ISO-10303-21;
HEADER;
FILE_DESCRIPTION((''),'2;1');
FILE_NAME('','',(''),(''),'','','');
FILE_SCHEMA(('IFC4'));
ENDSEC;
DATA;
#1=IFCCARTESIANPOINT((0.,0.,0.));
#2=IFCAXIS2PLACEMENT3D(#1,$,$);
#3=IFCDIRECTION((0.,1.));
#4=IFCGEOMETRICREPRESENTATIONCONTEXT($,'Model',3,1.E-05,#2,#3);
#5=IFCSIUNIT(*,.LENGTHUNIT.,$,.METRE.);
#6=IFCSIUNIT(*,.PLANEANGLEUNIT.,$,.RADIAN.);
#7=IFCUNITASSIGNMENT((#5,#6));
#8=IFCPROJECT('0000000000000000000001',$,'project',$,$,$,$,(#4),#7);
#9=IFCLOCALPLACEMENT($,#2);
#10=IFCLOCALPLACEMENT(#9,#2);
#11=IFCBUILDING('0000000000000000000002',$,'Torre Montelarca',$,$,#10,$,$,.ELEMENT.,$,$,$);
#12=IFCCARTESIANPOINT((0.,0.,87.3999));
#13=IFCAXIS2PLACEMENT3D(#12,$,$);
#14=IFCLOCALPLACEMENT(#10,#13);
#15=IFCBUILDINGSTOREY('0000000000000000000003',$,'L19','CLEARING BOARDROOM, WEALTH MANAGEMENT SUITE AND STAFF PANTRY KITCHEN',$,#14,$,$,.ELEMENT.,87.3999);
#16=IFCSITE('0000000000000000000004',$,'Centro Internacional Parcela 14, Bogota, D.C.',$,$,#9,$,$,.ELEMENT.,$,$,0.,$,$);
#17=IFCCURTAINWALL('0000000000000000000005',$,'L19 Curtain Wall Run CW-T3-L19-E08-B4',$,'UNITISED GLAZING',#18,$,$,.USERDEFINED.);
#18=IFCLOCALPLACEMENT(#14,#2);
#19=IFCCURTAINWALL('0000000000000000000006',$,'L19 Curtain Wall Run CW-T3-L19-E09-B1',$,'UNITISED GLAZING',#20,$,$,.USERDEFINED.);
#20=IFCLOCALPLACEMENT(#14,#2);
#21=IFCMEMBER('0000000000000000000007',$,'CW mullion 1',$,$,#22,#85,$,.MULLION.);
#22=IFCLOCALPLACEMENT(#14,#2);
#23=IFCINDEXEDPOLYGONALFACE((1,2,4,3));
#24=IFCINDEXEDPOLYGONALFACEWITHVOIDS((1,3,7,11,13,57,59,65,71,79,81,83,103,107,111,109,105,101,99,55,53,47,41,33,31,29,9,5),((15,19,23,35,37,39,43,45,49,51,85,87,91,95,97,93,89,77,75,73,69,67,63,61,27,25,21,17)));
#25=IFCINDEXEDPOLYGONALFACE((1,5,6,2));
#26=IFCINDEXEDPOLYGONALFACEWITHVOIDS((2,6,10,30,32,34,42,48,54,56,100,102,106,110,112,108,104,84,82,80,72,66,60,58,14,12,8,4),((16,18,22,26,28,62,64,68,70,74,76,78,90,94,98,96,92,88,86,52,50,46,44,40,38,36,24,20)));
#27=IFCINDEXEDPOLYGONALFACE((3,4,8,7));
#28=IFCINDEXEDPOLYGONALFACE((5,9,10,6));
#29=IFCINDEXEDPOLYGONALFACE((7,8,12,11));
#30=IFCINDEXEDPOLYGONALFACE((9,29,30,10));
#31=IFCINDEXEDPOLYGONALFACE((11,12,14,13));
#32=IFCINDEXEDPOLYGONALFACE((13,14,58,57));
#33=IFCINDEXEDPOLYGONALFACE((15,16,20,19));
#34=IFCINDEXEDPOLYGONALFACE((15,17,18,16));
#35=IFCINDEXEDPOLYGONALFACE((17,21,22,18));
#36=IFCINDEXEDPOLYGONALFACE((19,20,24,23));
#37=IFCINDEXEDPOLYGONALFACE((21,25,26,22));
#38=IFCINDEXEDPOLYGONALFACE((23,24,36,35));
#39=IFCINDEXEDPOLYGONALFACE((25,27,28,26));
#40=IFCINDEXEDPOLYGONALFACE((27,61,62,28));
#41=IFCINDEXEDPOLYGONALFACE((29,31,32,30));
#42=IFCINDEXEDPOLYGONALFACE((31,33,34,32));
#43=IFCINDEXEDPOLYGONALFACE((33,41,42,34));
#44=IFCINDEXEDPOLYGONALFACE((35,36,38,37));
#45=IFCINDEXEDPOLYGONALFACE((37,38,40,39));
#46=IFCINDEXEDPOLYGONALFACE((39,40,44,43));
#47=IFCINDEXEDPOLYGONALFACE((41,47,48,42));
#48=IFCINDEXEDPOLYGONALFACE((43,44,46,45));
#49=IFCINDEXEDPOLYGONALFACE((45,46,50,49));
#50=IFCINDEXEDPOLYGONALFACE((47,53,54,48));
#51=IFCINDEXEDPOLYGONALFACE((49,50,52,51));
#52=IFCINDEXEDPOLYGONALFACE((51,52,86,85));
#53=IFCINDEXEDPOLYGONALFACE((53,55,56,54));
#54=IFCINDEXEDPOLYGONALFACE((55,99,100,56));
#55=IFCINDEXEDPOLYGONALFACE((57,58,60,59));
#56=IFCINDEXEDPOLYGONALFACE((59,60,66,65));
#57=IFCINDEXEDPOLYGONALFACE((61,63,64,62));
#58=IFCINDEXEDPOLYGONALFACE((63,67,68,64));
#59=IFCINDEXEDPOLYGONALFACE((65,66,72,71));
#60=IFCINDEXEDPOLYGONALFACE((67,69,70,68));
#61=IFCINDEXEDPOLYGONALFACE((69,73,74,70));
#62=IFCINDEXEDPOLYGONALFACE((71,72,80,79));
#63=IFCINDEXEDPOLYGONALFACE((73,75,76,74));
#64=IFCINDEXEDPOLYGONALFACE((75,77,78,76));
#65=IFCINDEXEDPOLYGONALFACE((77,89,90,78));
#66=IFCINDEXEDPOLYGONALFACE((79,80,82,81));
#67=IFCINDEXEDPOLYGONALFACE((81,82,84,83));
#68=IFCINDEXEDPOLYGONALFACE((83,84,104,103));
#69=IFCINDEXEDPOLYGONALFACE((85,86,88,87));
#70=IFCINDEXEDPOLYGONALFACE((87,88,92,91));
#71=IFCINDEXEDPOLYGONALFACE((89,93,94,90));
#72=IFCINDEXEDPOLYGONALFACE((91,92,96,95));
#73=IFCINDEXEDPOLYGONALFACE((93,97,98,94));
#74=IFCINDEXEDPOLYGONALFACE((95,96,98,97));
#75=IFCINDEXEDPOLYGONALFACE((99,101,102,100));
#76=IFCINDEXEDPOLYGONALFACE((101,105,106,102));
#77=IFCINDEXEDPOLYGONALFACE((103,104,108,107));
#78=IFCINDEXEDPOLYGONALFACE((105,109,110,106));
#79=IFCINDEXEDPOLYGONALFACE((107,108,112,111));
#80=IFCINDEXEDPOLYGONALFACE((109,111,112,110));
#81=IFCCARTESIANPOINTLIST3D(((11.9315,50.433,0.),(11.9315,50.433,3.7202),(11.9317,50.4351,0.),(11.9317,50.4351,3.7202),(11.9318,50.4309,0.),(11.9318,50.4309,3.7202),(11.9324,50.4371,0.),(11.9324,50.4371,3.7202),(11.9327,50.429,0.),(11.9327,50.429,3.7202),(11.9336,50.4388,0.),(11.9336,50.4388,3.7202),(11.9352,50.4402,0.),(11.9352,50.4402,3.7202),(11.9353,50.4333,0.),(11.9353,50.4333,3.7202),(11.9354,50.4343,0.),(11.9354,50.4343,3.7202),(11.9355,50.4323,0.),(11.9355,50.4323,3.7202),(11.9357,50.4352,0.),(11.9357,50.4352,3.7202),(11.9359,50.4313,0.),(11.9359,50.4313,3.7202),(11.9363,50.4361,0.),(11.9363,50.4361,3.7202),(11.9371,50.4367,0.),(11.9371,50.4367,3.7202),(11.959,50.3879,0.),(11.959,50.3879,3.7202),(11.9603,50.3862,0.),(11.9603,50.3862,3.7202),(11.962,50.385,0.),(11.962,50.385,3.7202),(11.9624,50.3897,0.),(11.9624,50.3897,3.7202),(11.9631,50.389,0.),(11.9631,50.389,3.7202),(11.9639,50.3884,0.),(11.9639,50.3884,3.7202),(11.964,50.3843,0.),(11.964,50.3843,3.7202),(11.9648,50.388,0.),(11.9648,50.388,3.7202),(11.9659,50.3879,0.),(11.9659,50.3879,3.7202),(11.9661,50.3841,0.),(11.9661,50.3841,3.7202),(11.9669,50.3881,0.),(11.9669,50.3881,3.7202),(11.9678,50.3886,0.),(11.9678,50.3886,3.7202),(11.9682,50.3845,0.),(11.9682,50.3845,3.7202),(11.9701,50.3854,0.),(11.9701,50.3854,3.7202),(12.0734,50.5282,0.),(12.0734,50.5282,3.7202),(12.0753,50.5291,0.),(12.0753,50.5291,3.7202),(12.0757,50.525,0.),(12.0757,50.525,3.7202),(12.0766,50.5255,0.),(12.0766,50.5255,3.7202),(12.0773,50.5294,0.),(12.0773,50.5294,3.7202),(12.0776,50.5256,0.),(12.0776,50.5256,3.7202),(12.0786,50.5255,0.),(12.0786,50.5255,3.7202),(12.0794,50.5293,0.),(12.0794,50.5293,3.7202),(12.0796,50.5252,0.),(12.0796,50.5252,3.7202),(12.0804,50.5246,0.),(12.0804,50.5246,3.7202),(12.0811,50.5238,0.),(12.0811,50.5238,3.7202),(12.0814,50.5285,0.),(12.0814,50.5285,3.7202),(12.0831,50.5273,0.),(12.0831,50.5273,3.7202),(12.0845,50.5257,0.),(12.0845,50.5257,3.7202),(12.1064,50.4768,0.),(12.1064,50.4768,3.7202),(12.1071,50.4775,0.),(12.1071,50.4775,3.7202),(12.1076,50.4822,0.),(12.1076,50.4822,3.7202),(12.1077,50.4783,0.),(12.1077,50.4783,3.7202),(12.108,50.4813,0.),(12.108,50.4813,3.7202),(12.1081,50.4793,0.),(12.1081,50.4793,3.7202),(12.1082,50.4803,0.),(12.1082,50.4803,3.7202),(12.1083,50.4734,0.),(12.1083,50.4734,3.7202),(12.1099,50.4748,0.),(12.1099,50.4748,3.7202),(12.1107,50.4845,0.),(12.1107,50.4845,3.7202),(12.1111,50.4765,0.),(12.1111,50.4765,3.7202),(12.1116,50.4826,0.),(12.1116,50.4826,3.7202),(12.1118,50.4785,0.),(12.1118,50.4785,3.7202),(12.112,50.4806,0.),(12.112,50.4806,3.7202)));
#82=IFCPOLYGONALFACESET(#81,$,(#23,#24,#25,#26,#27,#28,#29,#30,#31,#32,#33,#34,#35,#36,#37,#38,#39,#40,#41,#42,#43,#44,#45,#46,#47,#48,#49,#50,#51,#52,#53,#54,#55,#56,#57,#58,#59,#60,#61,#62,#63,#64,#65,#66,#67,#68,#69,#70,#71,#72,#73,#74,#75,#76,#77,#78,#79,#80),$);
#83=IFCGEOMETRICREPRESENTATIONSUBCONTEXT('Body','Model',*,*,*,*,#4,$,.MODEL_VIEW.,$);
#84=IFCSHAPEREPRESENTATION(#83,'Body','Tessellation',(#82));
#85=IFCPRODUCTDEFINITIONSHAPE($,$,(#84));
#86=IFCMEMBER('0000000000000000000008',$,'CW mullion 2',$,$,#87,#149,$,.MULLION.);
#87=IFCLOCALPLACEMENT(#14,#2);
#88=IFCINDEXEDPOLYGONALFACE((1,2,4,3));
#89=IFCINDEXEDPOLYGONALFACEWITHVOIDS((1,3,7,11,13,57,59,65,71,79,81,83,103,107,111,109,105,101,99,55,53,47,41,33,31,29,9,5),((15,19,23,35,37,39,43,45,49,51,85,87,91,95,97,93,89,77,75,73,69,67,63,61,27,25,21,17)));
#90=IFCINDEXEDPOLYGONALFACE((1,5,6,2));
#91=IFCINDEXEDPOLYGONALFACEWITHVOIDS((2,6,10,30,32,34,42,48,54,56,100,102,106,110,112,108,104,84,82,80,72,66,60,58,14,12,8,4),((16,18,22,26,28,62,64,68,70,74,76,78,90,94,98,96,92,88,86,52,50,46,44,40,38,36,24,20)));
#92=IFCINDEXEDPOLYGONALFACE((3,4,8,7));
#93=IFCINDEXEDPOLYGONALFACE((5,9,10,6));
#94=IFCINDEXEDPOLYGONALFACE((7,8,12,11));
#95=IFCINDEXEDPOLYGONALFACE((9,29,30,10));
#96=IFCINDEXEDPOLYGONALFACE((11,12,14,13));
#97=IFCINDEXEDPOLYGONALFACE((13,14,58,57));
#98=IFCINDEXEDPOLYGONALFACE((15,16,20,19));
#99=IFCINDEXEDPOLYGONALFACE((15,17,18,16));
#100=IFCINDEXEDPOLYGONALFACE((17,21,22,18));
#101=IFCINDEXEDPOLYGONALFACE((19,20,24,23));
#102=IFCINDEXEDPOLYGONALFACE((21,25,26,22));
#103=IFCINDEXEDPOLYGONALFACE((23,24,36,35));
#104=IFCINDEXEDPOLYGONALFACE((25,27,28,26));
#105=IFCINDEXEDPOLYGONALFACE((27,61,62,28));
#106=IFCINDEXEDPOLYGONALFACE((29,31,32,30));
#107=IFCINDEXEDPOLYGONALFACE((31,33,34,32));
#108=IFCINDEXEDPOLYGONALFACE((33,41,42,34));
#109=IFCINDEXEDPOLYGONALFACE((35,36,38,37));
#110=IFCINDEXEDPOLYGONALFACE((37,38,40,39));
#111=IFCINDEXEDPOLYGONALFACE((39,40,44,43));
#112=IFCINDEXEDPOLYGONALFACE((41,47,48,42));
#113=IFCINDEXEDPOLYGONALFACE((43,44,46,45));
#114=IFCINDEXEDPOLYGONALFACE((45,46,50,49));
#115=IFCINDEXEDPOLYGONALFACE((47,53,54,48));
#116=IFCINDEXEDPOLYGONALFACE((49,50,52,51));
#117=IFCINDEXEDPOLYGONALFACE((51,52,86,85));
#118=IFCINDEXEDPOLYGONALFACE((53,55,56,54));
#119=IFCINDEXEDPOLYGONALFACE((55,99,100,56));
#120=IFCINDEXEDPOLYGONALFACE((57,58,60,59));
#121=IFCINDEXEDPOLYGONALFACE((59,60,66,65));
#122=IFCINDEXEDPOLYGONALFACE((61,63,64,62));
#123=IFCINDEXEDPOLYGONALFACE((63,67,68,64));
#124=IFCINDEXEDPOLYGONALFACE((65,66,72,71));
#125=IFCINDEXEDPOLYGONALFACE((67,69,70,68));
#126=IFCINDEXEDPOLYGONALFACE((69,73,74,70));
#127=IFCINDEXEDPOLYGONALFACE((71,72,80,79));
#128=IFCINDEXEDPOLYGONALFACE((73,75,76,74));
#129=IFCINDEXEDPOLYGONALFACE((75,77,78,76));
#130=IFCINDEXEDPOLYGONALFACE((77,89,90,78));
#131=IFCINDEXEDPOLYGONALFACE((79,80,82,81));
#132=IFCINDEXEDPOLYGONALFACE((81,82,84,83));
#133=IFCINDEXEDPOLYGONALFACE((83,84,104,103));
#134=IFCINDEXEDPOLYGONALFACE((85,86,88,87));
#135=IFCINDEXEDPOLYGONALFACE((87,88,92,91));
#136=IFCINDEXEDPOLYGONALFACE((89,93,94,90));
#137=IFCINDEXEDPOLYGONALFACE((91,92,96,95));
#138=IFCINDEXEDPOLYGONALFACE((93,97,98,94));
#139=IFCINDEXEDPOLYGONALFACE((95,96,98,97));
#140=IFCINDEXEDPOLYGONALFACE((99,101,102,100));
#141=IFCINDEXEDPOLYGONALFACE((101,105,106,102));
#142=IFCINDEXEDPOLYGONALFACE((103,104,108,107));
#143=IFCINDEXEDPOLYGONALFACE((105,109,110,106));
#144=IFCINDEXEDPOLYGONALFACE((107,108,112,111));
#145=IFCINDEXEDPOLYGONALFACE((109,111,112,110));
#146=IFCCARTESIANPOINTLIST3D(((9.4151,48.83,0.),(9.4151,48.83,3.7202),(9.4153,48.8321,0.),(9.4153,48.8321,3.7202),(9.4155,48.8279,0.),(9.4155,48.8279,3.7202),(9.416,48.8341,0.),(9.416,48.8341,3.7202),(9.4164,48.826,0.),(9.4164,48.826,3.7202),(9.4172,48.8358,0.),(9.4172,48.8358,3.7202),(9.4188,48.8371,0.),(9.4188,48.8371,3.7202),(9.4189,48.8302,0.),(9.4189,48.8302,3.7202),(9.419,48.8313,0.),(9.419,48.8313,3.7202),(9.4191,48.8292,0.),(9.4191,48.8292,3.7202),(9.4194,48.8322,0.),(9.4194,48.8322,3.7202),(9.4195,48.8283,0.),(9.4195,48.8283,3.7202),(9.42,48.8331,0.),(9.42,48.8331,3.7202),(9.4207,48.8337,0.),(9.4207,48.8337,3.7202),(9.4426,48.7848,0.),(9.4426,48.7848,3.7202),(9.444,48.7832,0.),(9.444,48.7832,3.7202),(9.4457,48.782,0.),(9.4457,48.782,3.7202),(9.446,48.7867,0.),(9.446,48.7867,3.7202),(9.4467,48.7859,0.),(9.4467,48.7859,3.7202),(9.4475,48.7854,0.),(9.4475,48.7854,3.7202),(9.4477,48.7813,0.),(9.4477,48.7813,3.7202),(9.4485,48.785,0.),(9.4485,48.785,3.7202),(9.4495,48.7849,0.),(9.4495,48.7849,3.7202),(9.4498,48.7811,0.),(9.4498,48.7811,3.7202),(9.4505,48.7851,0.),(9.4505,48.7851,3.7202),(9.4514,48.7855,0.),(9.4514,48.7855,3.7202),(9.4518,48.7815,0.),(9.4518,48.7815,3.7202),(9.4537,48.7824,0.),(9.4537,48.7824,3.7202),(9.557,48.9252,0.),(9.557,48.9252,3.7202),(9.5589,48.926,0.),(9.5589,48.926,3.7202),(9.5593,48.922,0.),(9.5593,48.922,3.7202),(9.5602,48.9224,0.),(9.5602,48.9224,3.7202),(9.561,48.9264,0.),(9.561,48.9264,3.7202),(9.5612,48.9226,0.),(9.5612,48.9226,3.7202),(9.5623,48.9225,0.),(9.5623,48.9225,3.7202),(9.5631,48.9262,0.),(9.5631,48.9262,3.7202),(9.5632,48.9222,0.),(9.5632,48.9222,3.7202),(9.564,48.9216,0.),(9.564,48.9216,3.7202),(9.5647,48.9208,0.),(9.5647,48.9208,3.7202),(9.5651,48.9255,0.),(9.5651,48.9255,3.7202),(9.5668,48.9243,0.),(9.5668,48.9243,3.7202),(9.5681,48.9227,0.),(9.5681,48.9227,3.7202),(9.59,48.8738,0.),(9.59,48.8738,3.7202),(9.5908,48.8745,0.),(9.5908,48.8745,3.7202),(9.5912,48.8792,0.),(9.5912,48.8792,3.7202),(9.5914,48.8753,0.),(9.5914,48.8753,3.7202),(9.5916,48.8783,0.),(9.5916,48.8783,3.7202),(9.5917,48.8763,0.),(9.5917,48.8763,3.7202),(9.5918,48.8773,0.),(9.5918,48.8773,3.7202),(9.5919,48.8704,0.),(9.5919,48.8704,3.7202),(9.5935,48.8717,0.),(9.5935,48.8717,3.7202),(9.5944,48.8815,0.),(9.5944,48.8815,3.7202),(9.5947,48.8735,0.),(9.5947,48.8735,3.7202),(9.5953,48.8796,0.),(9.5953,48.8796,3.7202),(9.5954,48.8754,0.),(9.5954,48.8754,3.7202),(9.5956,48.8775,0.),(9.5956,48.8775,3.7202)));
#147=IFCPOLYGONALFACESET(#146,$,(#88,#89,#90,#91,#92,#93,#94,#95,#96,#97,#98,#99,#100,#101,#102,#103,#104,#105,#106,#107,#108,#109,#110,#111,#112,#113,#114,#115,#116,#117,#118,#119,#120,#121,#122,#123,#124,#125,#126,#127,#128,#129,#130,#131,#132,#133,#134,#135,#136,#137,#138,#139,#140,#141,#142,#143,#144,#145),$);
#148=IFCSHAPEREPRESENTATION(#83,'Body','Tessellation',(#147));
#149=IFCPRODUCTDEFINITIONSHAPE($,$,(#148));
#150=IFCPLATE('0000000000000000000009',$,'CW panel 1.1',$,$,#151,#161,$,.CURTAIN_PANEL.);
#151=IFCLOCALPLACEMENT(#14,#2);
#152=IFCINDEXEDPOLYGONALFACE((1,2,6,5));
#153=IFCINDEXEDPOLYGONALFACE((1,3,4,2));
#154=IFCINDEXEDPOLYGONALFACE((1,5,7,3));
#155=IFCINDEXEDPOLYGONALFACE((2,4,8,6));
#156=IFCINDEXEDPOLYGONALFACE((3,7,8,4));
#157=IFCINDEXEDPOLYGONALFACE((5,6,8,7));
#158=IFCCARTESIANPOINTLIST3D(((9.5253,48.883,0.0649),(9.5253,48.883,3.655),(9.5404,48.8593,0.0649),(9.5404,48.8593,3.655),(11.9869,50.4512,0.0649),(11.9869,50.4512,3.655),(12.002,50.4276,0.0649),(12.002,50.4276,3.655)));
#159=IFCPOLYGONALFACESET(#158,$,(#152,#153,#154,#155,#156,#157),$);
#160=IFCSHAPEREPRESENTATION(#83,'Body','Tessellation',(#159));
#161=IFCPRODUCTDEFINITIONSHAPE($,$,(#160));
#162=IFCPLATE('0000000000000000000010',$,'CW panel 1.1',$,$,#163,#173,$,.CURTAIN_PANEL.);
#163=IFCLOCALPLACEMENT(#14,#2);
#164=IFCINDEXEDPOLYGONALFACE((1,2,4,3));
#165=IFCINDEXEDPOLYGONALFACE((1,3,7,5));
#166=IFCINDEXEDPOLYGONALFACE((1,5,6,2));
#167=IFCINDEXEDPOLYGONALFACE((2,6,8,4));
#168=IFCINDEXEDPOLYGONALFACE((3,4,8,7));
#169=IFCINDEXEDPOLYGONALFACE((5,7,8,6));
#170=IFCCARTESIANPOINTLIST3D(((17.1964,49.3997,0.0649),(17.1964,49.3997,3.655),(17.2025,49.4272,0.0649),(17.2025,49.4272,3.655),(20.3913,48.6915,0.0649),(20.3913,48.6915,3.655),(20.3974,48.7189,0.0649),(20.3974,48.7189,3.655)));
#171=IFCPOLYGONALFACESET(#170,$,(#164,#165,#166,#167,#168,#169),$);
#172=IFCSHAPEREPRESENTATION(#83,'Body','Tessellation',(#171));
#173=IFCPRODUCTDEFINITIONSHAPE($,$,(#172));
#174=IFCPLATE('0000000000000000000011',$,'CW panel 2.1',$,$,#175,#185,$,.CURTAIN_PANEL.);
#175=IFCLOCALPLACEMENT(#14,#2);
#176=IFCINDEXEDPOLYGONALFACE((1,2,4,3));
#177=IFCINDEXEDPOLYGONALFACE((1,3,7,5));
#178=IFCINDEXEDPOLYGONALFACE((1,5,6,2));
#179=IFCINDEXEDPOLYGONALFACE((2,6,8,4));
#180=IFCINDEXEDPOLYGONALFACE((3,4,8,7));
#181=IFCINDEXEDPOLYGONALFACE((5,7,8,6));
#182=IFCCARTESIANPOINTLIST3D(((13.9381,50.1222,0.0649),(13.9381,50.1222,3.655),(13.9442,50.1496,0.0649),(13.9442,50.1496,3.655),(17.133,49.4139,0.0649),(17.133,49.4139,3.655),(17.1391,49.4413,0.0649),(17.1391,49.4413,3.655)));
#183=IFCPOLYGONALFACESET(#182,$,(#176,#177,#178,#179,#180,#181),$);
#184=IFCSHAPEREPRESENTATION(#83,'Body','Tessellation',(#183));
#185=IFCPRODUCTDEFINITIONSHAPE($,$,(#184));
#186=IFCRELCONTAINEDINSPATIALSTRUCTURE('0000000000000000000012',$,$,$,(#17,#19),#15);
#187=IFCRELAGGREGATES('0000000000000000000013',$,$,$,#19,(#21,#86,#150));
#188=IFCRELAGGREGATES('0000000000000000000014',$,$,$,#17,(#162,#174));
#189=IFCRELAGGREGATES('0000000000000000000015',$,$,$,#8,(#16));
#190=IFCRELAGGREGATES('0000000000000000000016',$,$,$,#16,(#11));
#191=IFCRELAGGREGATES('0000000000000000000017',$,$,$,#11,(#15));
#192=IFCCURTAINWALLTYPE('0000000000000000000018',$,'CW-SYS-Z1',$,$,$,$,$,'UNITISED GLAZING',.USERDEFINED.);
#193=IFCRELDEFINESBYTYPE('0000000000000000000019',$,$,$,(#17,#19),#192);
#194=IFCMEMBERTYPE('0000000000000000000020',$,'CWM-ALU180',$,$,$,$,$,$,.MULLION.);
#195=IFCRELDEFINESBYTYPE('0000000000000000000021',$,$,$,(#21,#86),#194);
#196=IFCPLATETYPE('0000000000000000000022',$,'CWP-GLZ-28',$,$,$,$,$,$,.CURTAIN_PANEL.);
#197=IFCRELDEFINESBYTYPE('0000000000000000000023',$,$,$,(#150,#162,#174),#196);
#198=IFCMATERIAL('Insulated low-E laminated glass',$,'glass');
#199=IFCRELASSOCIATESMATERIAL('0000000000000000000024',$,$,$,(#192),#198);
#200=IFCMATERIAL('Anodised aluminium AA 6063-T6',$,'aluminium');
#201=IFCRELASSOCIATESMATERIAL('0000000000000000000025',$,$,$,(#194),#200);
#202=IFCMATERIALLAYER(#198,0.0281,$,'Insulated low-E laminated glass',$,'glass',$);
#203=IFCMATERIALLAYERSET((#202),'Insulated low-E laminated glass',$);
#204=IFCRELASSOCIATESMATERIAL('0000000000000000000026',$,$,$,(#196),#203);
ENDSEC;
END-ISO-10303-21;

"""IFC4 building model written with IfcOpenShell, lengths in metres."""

from ifc_helpers import new_model, si_unit, direction, frame, origin, origin_2d, place, context, subcontext, project, spatial, rectangle, hollow_rectangle, extrude, source, transform, mapped, material, layer, layer_set, material_profile, profile_set, type_object, element, aggregate, save


model = new_model("IFC4")

# Units and contexts
model_context = context("Model", 3, precision=1e-05, world=origin(), true_north=direction((0.0, 1.0)))
body_context = subcontext(model_context, "Body", "Model", "MODEL_VIEW")
ifc_project = project(units=[si_unit("LENGTHUNIT", "METRE"), si_unit("PLANEANGLEUNIT", "RADIAN")], contexts=[model_context])

# Site, building, storey
site_placement = place(None, origin())
site = spatial("IfcSite", under=ifc_project, at=site_placement, Name="Centro Internacional Parcela 14, Bogota, D.C.", CompositionType="ELEMENT", RefElevation=0.0)
building_placement = place(site_placement, origin())
building = spatial("IfcBuilding", under=site, at=building_placement, Name="Torre Montelarca", CompositionType="ELEMENT")
storey_placement = place(building_placement, frame((0.0, 0.0, 87.3999)))
storey = spatial("IfcBuildingStorey", under=building, at=storey_placement, Name="L19", Description="CLEARING BOARDROOM, WEALTH MANAGEMENT SUITE AND STAFF PANTRY KITCHEN", CompositionType="ELEMENT", Elevation=87.3999)

# Curtain walls
ifc_material_1 = material(Name="Insulated low-E laminated glass", Category="glass")
curtain_wall_type = type_object("IfcCurtainWallType", Name="CW-SYS-Z1", ElementType="UNITISED GLAZING", PredefinedType="USERDEFINED", material=ifc_material_1)
curtain_wall_1_placement = place(storey_placement, origin())
curtain_wall_1 = element("IfcCurtainWall", 1, at=curtain_wall_1_placement, inside=storey, type_object=curtain_wall_type, Name="L19 Curtain Wall Run CW-T3-L19-E08-B4", ObjectType="UNITISED GLAZING", PredefinedType="USERDEFINED")
ifc_material_2 = material(Name="Anodised aluminium AA 6063-T6", Category="aluminium")
curtain_wall_2_placement = place(storey_placement, origin())
curtain_wall_2 = element("IfcCurtainWall", 2, at=curtain_wall_2_placement, inside=storey, type_object=curtain_wall_type, Name="L19 Curtain Wall Run CW-T3-L19-E09-B1", ObjectType="UNITISED GLAZING", PredefinedType="USERDEFINED")

# Members
ifc_material_profile_1 = material_profile(ifc_material_2, hollow_rectangle(XDim=0.0649, YDim=0.1799, WallThickness=0.0039, InnerFilletRadius=0.0039, OuterFilletRadius=0.0081, at=origin_2d()), Name="ALU65X180X4", Category="aluminium")
ifc_profile_set_1 = profile_set([ifc_material_profile_1], Name="Anodised aluminium AA 6063-T6")
member_type_1 = type_object("IfcMemberType", Name="CWM-ALU180", PredefinedType="MULLION", material=ifc_profile_set_1)
shared_shape_1 = source(origin(), body_context, "Body", "SweptSolid", [
    extrude(hollow_rectangle(XDim=0.0649, YDim=0.1799, WallThickness=0.0039, InnerFilletRadius=0.0039, OuterFilletRadius=0.0081, at=origin_2d()), origin(), (0.0, 0.0, 1.0), 3.7202),
])
member_1_placement = place(storey_placement, frame((12.0217, 50.4568, 0.0), z_axis=(0.0, 0.0, 1.0), x_axis=(0.537316, -0.843381, 0.0)))
member_1 = element("IfcMember", 3, at=member_1_placement, type_object=member_type_1, Name="CW mullion 1", PredefinedType="MULLION", context=body_context, shape_type="MappedRepresentation", body=[
    mapped(shared_shape_1, transform((0.0, 0.0, 0.0), scale=1.0)),
])
member_2_placement = place(storey_placement, frame((9.5054, 48.8538, 0.0), z_axis=(0.0, 0.0, 1.0), x_axis=(0.537316, -0.843381, 0.0)))
member_2 = element("IfcMember", 4, at=member_2_placement, type_object=member_type_1, Name="CW mullion 2", PredefinedType="MULLION", context=body_context, shape_type="MappedRepresentation", body=[
    mapped(shared_shape_1, transform((0.0, 0.0, 0.0), scale=1.0)),
])

# Plates
ifc_layer_1 = layer(ifc_material_1, 0.0281, Name="Insulated low-E laminated glass", Category="glass")
ifc_layer_set_1 = layer_set([ifc_layer_1], Name="Insulated low-E laminated glass")
plate_type = type_object("IfcPlateType", Name="CWP-GLZ-28", PredefinedType="CURTAIN_PANEL", material=ifc_layer_set_1)
shared_shape_2 = source(origin(), body_context, "Body", "SweptSolid", [
    extrude(rectangle(XDim=2.9187, YDim=0.0281, at=origin_2d()), origin(), (0.0, 0.0, 1.0), 3.5901),
])
plate_1_placement = place(storey_placement, frame((10.7637, 49.6553, 0.0649), z_axis=(0.0, 0.0, 1.0), x_axis=(-0.843381, -0.537316, 0.0)))
plate_1 = element("IfcPlate", 5, at=plate_1_placement, type_object=plate_type, Name="CW panel 1.1", PredefinedType="CURTAIN_PANEL", context=body_context, shape_type="MappedRepresentation", body=[
    mapped(shared_shape_2, transform((0.0, 0.0, 0.0), scale=1.0)),
])
aggregate(curtain_wall_2, [member_1, member_2, plate_1])
shared_shape_3 = source(origin(), body_context, "Body", "SweptSolid", [
    extrude(rectangle(XDim=3.2725, YDim=0.0281, at=origin_2d()), origin(), (0.0, 0.0, 1.0), 3.5901),
])
plate_2_placement = place(storey_placement, frame((18.7969, 49.0593, 0.0649), z_axis=(0.0, 0.0, 1.0), x_axis=(-0.976299, 0.216426, 0.0)))
plate_2 = element("IfcPlate", 6, at=plate_2_placement, type_object=plate_type, Name="CW panel 1.1", PredefinedType="CURTAIN_PANEL", context=body_context, shape_type="MappedRepresentation", body=[
    mapped(shared_shape_3, transform((0.0, 0.0, 0.0), scale=1.0)),
])
plate_3_placement = place(storey_placement, frame((15.5386, 49.7817, 0.0649), z_axis=(0.0, 0.0, 1.0), x_axis=(-0.976299, 0.216426, 0.0)))
plate_3 = element("IfcPlate", 7, at=plate_3_placement, type_object=plate_type, Name="CW panel 2.1", PredefinedType="CURTAIN_PANEL", context=body_context, shape_type="MappedRepresentation", body=[
    mapped(shared_shape_3, transform((0.0, 0.0, 0.0), scale=1.0)),
])
aggregate(curtain_wall_1, [plate_2, plate_3])

save(model, "model.ifc")
